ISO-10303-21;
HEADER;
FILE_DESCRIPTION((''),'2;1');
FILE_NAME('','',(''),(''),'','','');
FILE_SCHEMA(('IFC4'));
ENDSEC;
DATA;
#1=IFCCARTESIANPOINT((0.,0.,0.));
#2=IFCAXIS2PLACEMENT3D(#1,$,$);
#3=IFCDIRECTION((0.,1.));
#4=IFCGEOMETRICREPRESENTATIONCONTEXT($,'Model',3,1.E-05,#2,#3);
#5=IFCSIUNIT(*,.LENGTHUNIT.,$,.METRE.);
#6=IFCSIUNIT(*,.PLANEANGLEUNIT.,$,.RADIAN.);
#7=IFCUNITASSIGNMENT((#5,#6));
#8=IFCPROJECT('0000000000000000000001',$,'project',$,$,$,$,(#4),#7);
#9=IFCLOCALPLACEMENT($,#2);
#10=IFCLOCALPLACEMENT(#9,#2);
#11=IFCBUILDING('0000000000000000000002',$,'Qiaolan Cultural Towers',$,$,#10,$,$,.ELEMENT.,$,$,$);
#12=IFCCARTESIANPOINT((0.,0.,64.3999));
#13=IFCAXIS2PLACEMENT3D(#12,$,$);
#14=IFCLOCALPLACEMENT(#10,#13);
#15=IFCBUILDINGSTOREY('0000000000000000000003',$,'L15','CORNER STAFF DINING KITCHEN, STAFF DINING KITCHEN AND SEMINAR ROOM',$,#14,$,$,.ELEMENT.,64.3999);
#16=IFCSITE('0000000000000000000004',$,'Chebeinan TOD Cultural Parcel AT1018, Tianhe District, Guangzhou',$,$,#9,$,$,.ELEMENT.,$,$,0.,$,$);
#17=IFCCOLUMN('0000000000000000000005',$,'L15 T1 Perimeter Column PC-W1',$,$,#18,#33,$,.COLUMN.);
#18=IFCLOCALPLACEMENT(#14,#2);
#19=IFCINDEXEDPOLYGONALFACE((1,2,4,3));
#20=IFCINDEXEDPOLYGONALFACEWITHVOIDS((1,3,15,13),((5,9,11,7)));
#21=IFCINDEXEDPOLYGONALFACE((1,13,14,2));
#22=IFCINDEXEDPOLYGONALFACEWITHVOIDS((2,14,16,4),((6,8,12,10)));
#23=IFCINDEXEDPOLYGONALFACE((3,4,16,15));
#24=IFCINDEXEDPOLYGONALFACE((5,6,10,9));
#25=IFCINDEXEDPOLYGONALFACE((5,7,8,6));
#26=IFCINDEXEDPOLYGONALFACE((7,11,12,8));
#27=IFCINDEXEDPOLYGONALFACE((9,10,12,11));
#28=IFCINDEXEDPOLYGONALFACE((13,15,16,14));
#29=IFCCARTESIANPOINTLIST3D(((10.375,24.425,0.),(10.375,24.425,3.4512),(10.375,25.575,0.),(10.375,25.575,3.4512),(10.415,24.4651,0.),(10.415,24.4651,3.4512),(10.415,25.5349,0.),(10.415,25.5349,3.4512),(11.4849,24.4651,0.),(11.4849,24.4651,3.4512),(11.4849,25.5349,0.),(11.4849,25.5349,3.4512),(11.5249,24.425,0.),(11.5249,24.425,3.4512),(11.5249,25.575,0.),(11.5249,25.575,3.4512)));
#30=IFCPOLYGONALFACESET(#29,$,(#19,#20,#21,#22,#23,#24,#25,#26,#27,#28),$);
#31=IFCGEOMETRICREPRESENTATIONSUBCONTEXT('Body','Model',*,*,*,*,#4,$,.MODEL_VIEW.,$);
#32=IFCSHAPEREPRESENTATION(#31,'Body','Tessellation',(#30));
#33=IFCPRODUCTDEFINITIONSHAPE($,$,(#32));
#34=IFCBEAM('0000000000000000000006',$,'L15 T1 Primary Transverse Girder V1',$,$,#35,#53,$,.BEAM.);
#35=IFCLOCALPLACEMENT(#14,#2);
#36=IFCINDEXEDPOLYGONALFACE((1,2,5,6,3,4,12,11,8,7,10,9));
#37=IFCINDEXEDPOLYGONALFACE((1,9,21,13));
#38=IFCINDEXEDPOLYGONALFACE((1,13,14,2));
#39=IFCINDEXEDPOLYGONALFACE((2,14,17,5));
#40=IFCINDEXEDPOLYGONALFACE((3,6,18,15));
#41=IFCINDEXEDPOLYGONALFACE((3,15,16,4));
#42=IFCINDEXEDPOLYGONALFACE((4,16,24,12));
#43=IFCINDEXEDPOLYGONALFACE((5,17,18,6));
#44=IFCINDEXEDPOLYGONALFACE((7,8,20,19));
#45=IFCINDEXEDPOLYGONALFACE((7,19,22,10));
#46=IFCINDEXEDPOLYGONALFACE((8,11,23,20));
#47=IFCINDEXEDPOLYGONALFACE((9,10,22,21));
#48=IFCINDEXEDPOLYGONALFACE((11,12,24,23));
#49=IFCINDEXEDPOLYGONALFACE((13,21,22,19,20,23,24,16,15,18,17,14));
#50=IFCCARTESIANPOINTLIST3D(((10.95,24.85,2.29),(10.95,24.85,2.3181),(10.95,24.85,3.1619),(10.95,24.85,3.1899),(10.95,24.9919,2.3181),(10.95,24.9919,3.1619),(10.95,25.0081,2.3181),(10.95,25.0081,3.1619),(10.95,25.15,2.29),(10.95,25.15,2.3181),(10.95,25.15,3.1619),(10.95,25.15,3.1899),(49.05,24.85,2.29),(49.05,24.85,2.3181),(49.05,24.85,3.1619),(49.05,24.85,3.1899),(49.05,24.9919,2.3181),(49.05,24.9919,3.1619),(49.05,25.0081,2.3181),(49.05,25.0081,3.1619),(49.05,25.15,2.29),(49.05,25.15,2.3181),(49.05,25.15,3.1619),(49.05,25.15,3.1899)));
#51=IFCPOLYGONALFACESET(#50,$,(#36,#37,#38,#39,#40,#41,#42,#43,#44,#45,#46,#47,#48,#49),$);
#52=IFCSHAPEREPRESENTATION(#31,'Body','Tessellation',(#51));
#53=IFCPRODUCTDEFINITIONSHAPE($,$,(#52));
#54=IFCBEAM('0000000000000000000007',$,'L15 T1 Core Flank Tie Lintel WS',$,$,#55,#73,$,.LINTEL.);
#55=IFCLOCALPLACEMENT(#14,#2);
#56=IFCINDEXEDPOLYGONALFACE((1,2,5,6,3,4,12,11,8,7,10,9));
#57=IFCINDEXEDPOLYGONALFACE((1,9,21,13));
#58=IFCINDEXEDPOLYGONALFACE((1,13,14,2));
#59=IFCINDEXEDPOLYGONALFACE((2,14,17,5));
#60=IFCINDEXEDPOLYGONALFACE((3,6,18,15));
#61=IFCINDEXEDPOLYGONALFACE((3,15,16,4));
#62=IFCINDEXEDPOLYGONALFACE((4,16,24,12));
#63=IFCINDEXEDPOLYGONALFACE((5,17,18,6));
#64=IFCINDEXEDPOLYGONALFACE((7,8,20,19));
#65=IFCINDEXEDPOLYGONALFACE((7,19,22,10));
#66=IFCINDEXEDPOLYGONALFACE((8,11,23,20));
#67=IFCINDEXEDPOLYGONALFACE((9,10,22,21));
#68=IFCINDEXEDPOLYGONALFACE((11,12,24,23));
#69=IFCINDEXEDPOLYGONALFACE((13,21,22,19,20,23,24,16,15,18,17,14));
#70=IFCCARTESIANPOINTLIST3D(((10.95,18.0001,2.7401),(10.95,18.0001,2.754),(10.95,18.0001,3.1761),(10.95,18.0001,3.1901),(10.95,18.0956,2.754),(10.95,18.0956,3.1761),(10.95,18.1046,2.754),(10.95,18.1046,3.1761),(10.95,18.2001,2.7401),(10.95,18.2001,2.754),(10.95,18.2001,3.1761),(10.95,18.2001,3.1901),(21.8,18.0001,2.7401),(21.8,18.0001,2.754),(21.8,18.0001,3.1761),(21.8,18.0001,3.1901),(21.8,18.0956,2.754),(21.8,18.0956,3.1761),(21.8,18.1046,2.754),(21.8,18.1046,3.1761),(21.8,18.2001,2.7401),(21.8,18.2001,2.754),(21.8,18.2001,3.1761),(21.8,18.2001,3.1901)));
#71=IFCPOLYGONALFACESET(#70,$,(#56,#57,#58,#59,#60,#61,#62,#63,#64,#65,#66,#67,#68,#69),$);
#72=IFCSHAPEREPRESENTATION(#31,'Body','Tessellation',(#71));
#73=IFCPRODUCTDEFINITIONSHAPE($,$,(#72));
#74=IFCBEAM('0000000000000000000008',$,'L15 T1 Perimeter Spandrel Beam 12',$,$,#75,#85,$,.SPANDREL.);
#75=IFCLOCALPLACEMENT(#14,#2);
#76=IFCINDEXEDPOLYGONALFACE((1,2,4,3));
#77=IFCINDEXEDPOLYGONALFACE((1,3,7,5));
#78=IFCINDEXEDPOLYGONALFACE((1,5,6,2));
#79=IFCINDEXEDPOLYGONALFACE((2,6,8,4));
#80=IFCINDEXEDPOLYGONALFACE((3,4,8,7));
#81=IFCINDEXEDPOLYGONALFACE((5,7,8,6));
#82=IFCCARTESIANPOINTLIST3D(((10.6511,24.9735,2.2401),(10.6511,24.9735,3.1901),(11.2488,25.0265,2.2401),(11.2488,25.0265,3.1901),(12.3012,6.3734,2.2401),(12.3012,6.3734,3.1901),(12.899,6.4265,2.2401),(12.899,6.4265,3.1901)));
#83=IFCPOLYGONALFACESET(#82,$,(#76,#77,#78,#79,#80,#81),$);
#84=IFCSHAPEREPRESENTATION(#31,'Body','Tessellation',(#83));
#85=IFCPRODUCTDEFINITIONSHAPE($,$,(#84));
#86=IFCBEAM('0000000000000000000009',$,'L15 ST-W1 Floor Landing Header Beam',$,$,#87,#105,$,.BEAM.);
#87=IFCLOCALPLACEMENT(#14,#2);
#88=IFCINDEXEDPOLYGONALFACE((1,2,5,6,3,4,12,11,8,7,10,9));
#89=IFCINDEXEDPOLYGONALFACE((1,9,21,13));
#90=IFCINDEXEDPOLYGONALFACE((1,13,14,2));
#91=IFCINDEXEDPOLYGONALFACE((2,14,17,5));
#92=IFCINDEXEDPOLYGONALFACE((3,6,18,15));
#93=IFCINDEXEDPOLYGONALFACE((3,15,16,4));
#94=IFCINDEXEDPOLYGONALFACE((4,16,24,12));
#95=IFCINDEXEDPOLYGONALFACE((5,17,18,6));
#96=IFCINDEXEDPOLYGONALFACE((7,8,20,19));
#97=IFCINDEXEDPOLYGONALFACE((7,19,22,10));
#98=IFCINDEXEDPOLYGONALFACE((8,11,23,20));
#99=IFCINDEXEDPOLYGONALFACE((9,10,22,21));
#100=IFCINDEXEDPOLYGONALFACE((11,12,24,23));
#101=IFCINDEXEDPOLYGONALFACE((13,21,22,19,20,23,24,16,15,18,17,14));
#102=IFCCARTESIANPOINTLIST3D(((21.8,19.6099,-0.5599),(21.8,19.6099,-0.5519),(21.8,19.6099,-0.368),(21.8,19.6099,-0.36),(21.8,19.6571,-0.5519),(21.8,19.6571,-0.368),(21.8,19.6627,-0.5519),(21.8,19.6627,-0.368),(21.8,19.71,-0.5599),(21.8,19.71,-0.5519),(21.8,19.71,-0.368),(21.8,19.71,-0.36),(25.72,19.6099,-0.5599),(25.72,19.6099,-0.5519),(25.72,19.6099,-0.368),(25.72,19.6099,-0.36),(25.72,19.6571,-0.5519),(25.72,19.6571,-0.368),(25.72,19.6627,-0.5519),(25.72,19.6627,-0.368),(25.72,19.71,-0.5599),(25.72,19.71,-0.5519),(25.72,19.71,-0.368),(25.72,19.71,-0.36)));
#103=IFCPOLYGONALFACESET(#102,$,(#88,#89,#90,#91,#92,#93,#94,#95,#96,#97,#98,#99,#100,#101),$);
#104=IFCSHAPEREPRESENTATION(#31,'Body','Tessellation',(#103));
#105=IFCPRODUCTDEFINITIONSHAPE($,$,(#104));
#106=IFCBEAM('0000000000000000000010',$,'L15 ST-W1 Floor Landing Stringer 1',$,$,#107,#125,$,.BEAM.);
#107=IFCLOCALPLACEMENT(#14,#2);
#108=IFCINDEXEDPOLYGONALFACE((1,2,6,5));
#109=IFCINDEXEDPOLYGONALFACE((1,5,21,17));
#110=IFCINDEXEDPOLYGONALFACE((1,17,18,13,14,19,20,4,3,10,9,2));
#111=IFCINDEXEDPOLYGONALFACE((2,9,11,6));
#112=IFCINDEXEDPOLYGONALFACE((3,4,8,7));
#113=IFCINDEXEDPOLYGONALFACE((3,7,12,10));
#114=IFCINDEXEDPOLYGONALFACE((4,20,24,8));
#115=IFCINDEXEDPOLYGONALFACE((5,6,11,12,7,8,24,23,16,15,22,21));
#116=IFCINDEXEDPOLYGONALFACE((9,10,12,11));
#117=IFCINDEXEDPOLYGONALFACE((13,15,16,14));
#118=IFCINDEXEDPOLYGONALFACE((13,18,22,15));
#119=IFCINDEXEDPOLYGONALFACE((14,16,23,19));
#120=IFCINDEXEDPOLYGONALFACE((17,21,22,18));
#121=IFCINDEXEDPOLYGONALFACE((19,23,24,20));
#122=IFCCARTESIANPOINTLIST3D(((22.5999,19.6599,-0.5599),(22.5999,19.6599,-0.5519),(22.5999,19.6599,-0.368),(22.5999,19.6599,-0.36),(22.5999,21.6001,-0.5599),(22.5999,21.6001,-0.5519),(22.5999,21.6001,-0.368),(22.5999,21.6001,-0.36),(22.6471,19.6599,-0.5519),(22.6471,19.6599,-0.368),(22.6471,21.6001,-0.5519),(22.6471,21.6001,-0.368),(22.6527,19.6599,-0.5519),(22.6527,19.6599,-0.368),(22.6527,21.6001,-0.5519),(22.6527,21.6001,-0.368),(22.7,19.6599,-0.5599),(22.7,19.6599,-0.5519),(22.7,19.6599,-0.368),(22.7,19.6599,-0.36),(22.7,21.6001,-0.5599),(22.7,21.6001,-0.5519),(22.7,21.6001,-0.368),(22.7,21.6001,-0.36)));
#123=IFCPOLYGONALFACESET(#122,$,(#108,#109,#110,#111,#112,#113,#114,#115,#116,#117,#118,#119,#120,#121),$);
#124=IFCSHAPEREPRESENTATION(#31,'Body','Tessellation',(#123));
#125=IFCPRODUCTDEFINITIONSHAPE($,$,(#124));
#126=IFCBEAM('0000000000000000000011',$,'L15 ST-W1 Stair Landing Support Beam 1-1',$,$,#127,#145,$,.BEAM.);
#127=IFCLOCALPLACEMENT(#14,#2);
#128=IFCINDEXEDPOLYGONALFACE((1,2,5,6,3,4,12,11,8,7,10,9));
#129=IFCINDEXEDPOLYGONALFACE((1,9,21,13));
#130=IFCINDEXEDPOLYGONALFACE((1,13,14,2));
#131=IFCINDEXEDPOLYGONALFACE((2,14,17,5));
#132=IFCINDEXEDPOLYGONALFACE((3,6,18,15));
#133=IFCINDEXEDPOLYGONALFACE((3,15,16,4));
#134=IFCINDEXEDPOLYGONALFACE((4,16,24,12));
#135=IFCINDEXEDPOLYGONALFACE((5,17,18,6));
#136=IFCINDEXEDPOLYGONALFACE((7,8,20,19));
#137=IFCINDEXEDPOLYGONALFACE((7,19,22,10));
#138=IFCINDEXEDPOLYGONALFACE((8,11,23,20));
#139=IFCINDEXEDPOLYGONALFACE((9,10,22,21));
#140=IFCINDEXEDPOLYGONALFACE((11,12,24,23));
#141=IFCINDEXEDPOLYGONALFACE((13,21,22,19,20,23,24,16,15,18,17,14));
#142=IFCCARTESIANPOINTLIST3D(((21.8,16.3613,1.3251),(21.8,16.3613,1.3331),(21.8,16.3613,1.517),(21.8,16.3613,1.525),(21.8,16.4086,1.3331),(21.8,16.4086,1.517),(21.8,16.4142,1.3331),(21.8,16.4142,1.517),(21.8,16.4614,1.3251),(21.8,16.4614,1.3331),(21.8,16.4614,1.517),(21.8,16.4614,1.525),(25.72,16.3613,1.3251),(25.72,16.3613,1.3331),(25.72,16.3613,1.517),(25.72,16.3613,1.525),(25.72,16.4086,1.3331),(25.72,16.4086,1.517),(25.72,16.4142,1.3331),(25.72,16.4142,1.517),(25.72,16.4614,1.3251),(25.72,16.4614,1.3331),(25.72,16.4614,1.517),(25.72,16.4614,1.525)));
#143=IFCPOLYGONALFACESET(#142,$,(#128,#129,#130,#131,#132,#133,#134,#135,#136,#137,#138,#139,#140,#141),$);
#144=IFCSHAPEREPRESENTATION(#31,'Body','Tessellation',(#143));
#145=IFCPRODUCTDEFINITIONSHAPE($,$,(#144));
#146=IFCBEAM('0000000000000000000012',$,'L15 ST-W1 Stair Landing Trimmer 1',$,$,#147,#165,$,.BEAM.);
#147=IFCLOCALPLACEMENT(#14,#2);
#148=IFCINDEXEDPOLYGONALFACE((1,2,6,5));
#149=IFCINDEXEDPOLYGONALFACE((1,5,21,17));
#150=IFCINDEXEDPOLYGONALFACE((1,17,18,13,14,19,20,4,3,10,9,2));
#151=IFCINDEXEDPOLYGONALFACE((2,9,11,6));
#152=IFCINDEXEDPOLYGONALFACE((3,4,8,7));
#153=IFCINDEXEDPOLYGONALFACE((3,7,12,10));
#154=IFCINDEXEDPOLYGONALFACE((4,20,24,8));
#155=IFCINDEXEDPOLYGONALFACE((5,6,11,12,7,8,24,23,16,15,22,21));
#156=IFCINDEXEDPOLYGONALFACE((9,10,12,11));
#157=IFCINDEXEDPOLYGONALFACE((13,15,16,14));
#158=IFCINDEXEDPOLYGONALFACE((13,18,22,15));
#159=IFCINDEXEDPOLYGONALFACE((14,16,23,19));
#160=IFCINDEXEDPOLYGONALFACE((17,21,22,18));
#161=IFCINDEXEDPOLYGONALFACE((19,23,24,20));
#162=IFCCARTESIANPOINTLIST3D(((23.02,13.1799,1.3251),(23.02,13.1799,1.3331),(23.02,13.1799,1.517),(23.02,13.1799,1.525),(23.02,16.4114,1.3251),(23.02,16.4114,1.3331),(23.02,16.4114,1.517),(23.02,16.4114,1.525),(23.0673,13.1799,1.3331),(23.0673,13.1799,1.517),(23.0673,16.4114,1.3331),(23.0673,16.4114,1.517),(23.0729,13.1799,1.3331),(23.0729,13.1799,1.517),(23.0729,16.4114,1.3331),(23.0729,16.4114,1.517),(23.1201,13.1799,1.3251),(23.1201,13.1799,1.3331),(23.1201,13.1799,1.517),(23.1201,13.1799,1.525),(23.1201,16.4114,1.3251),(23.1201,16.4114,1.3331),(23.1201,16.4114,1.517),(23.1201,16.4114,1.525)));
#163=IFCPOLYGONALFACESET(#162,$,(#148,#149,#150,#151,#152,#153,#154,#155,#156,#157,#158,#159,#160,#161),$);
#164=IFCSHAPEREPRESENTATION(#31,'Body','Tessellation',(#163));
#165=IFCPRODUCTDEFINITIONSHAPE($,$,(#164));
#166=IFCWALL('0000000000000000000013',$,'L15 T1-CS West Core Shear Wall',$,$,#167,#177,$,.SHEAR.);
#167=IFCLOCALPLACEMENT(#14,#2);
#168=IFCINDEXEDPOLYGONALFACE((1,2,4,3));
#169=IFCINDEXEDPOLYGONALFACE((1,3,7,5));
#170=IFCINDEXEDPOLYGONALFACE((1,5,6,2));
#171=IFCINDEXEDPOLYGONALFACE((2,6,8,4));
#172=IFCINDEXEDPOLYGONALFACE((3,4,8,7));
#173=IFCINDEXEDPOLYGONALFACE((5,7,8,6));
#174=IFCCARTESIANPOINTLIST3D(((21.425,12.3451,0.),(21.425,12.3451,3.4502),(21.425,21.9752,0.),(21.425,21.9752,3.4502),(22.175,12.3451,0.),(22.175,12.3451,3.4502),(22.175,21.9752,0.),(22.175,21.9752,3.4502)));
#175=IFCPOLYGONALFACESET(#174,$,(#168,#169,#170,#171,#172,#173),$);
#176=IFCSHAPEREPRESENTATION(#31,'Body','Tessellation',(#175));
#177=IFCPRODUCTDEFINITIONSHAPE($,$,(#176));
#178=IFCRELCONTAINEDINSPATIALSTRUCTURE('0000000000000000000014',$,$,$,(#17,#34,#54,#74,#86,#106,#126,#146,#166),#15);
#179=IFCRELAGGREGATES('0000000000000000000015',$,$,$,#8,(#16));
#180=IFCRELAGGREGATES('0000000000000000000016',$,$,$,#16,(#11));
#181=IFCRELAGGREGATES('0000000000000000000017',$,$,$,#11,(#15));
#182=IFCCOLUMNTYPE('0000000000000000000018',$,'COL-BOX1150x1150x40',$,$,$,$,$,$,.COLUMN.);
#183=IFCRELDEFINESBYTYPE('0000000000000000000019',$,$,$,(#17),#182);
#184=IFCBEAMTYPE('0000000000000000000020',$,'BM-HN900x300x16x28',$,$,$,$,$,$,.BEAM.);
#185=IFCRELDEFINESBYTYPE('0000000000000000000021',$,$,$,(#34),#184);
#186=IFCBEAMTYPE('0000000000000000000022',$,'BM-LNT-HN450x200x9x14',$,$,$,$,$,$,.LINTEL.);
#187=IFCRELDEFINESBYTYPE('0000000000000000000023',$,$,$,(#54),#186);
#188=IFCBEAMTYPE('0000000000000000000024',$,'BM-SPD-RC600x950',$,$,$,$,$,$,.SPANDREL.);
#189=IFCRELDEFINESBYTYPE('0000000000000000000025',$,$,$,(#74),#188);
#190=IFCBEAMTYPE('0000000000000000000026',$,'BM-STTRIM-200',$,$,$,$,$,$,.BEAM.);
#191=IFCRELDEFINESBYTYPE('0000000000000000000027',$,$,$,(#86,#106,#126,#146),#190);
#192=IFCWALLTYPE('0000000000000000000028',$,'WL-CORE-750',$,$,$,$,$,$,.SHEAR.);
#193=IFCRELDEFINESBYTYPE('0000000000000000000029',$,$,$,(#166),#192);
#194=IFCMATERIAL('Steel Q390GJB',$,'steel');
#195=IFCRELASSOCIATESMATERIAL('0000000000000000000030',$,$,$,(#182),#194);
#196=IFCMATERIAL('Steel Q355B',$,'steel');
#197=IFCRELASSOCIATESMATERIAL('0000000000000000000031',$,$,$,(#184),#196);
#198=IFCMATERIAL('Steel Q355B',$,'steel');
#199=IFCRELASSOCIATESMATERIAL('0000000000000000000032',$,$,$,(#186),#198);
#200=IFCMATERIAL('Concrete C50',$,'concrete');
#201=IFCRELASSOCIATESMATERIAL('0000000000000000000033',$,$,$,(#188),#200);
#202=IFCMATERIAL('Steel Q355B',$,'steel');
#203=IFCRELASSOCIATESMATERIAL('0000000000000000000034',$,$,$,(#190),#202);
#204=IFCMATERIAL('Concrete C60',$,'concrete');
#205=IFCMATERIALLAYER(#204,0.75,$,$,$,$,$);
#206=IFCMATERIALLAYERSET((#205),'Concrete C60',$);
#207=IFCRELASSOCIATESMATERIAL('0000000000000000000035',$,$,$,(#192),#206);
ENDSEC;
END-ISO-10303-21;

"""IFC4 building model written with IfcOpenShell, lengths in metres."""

from ifc_helpers import new_model, si_unit, direction, frame, frame_2d, origin, origin_2d, place, context, subcontext, project, spatial, rectangle, hollow_rectangle, i_section, extrude, material, layer, layer_set, material_profile, profile_set, type_object, element, save


model = new_model("IFC4")

# Units and contexts
model_context = context("Model", 3, precision=1e-05, world=origin(), true_north=direction((0.0, 1.0)))
body_context = subcontext(model_context, "Body", "Model", "MODEL_VIEW")
ifc_project = project(units=[si_unit("LENGTHUNIT", "METRE"), si_unit("PLANEANGLEUNIT", "RADIAN")], contexts=[model_context])

# Site, building, storey
site_placement = place(None, origin())
site = spatial("IfcSite", under=ifc_project, at=site_placement, Name="Chebeinan TOD Cultural Parcel AT1018, Tianhe District, Guangzhou", CompositionType="ELEMENT", RefElevation=0.0)
building_placement = place(site_placement, origin())
building = spatial("IfcBuilding", under=site, at=building_placement, Name="Qiaolan Cultural Towers", CompositionType="ELEMENT")
storey_placement = place(building_placement, frame((0.0, 0.0, 64.3999)))
storey = spatial("IfcBuildingStorey", under=building, at=storey_placement, Name="L15", Description="CORNER STAFF DINING KITCHEN, STAFF DINING KITCHEN AND SEMINAR ROOM", CompositionType="ELEMENT", Elevation=64.3999)

# Column
ifc_material_1 = material(Name="Steel Q390GJB", Category="steel")
ifc_material_profile_1 = material_profile(ifc_material_1, hollow_rectangle(XDim=1.1499, YDim=1.1499, WallThickness=0.04, at=origin_2d()), Name="BOX1150x1150x40")
ifc_profile_set_1 = profile_set([ifc_material_profile_1], Name="Steel Q390GJB")
column_type = type_object("IfcColumnType", Name="COL-BOX1150x1150x40", PredefinedType="COLUMN", material=ifc_profile_set_1)
column_placement = place(storey_placement, frame((10.95, 25.0, 0.0), z_axis=(0.0, 0.0, 1.0), x_axis=(1.0, 0.0, 0.0)))
element("IfcColumn", 1, at=column_placement, inside=storey, type_object=column_type, Name="L15 T1 Perimeter Column PC-W1", PredefinedType="COLUMN", context=body_context, shape_type="SweptSolid", body=[
    extrude(hollow_rectangle(XDim=1.1499, YDim=1.1499, WallThickness=0.04, at=origin_2d()), origin(), (0.0, 0.0, 1.0), 3.4512),
])

# Beams
ifc_material_2 = material(Name="Steel Q355B", Category="steel")
ifc_material_profile_2 = material_profile(ifc_material_2, i_section(OverallWidth=0.3, OverallDepth=0.8999, WebThickness=0.0161, FlangeThickness=0.0281, at=origin_2d()), Name="HN900x300x16x28")
ifc_profile_set_2 = profile_set([ifc_material_profile_2], Name="Steel Q355B")
beam_type_1 = type_object("IfcBeamType", Name="BM-HN900x300x16x28", PredefinedType="BEAM", material=ifc_profile_set_2)
beam_1_placement = place(storey_placement, frame((10.95, 25.0, 2.74), z_axis=(1.0, 0.0, 0.0), x_axis=(0.0, 1.0, 0.0)))
element("IfcBeam", 2, at=beam_1_placement, inside=storey, type_object=beam_type_1, Name="L15 T1 Primary Transverse Girder V1", PredefinedType="BEAM", context=body_context, shape_type="SweptSolid", body=[
    extrude(i_section(OverallWidth=0.3, OverallDepth=0.8999, WebThickness=0.0161, FlangeThickness=0.0281, at=origin_2d()), origin(), (0.0, 0.0, 1.0), 38.1001),
])
ifc_material_3 = material(Name="Steel Q355B", Category="steel")
ifc_material_profile_3 = material_profile(ifc_material_3, i_section(OverallWidth=0.2, OverallDepth=0.45, WebThickness=0.009, FlangeThickness=0.0139, at=origin_2d()), Name="HN450x200x9x14")
ifc_profile_set_3 = profile_set([ifc_material_profile_3], Name="Steel Q355B")
beam_type_2 = type_object("IfcBeamType", Name="BM-LNT-HN450x200x9x14", PredefinedType="LINTEL", material=ifc_profile_set_3)
beam_2_placement = place(storey_placement, frame((21.8, 18.1001, 2.9651), z_axis=(-1.0, 0.0, 0.0), x_axis=(0.0, -1.0, 0.0)))
element("IfcBeam", 3, at=beam_2_placement, inside=storey, type_object=beam_type_2, Name="L15 T1 Core Flank Tie Lintel WS", PredefinedType="LINTEL", context=body_context, shape_type="SweptSolid", body=[
    extrude(i_section(OverallWidth=0.2, OverallDepth=0.45, WebThickness=0.009, FlangeThickness=0.0139, at=origin_2d()), origin(), (0.0, 0.0, 1.0), 10.8501),
])
ifc_material_4 = material(Name="Concrete C50", Category="concrete")
ifc_material_profile_4 = material_profile(ifc_material_4, rectangle(XDim=0.6001, YDim=0.95, at=origin_2d()), Name="RC600x950")
ifc_profile_set_4 = profile_set([ifc_material_profile_4], Name="Concrete C50")
beam_type_3 = type_object("IfcBeamType", Name="BM-SPD-RC600x950", PredefinedType="SPANDREL", material=ifc_profile_set_4)
beam_3_placement = place(storey_placement, frame((10.95, 25.0, 2.7151), z_axis=(0.08837, -0.996088, 0.0), x_axis=(0.996088, 0.08837, 0.0)))
element("IfcBeam", 4, at=beam_3_placement, inside=storey, type_object=beam_type_3, Name="L15 T1 Perimeter Spandrel Beam 12", PredefinedType="SPANDREL", context=body_context, shape_type="SweptSolid", body=[
    extrude(rectangle(XDim=0.6001, YDim=0.95, at=origin_2d()), origin(), (0.0, 0.0, 1.0), 18.6731),
])
ifc_material_5 = material(Name="Steel Q355B", Category="steel")
ifc_material_profile_5 = material_profile(ifc_material_5, i_section(OverallWidth=0.1001, OverallDepth=0.2, WebThickness=0.0056, FlangeThickness=0.0081, at=origin_2d()), Name="HN200x100x5.5x8")
ifc_profile_set_5 = profile_set([ifc_material_profile_5], Name="Steel Q355B")
beam_type_4 = type_object("IfcBeamType", Name="BM-STTRIM-200", PredefinedType="BEAM", material=ifc_profile_set_5)
beam_4_placement = place(storey_placement, frame((21.8, 19.6599, -0.46), z_axis=(1.0, 0.0, 0.0), x_axis=(0.0, 1.0, 0.0)))
element("IfcBeam", 5, at=beam_4_placement, inside=storey, type_object=beam_type_4, Name="L15 ST-W1 Floor Landing Header Beam", PredefinedType="BEAM", context=body_context, shape_type="SweptSolid", body=[
    extrude(i_section(OverallWidth=0.1001, OverallDepth=0.2, WebThickness=0.0056, FlangeThickness=0.0081, at=origin_2d()), origin(), (0.0, 0.0, 1.0), 3.9199),
])
beam_5_placement = place(storey_placement, frame((22.6499, 21.6001, -0.46), z_axis=(0.0, -1.0, 0.0), x_axis=(1.0, 0.0, 0.0)))
element("IfcBeam", 6, at=beam_5_placement, inside=storey, type_object=beam_type_4, Name="L15 ST-W1 Floor Landing Stringer 1", PredefinedType="BEAM", context=body_context, shape_type="SweptSolid", body=[
    extrude(i_section(OverallWidth=0.1001, OverallDepth=0.2, WebThickness=0.0056, FlangeThickness=0.0081, at=origin_2d()), origin(), (0.0, 0.0, 1.0), 1.9402),
])
beam_6_placement = place(storey_placement, frame((21.8, 16.4114, 1.425), z_axis=(1.0, 0.0, 0.0), x_axis=(0.0, 1.0, 0.0)))
element("IfcBeam", 7, at=beam_6_placement, inside=storey, type_object=beam_type_4, Name="L15 ST-W1 Stair Landing Support Beam 1-1", PredefinedType="BEAM", context=body_context, shape_type="SweptSolid", body=[
    extrude(i_section(OverallWidth=0.1001, OverallDepth=0.2, WebThickness=0.0056, FlangeThickness=0.0081, at=origin_2d()), origin(), (0.0, 0.0, 1.0), 3.9199),
])
beam_7_placement = place(storey_placement, frame((23.0701, 16.4114, 1.425), z_axis=(0.0, -1.0, 0.0), x_axis=(1.0, 0.0, 0.0)))
element("IfcBeam", 8, at=beam_7_placement, inside=storey, type_object=beam_type_4, Name="L15 ST-W1 Stair Landing Trimmer 1", PredefinedType="BEAM", context=body_context, shape_type="SweptSolid", body=[
    extrude(i_section(OverallWidth=0.1001, OverallDepth=0.2, WebThickness=0.0056, FlangeThickness=0.0081, at=origin_2d()), origin(), (0.0, 0.0, 1.0), 3.2314),
])

# Wall
ifc_material_6 = material(Name="Concrete C60", Category="concrete")
ifc_layer_1 = layer(ifc_material_6, 0.75)
ifc_layer_set_1 = layer_set([ifc_layer_1], Name="Concrete C60")
wall_type_1 = type_object("IfcWallType", Name="WL-CORE-750", PredefinedType="SHEAR", material=ifc_layer_set_1)
wall_1_placement = place(storey_placement, frame((21.8, 21.9751, 0.0), z_axis=(0.0, 0.0, 1.0), x_axis=(0.0, -1.0, 0.0)))
element("IfcWall", 9, at=wall_1_placement, inside=storey, type_object=wall_type_1, Name="L15 T1-CS West Core Shear Wall", PredefinedType="SHEAR", context=body_context, shape_type="SweptSolid", body=[
    extrude(rectangle(XDim=9.6301, YDim=0.75, at=frame_2d((4.8149, 0.0))), origin(), (0.0, 0.0, 1.0), 3.4502),
])

save(model, "model.ifc")
